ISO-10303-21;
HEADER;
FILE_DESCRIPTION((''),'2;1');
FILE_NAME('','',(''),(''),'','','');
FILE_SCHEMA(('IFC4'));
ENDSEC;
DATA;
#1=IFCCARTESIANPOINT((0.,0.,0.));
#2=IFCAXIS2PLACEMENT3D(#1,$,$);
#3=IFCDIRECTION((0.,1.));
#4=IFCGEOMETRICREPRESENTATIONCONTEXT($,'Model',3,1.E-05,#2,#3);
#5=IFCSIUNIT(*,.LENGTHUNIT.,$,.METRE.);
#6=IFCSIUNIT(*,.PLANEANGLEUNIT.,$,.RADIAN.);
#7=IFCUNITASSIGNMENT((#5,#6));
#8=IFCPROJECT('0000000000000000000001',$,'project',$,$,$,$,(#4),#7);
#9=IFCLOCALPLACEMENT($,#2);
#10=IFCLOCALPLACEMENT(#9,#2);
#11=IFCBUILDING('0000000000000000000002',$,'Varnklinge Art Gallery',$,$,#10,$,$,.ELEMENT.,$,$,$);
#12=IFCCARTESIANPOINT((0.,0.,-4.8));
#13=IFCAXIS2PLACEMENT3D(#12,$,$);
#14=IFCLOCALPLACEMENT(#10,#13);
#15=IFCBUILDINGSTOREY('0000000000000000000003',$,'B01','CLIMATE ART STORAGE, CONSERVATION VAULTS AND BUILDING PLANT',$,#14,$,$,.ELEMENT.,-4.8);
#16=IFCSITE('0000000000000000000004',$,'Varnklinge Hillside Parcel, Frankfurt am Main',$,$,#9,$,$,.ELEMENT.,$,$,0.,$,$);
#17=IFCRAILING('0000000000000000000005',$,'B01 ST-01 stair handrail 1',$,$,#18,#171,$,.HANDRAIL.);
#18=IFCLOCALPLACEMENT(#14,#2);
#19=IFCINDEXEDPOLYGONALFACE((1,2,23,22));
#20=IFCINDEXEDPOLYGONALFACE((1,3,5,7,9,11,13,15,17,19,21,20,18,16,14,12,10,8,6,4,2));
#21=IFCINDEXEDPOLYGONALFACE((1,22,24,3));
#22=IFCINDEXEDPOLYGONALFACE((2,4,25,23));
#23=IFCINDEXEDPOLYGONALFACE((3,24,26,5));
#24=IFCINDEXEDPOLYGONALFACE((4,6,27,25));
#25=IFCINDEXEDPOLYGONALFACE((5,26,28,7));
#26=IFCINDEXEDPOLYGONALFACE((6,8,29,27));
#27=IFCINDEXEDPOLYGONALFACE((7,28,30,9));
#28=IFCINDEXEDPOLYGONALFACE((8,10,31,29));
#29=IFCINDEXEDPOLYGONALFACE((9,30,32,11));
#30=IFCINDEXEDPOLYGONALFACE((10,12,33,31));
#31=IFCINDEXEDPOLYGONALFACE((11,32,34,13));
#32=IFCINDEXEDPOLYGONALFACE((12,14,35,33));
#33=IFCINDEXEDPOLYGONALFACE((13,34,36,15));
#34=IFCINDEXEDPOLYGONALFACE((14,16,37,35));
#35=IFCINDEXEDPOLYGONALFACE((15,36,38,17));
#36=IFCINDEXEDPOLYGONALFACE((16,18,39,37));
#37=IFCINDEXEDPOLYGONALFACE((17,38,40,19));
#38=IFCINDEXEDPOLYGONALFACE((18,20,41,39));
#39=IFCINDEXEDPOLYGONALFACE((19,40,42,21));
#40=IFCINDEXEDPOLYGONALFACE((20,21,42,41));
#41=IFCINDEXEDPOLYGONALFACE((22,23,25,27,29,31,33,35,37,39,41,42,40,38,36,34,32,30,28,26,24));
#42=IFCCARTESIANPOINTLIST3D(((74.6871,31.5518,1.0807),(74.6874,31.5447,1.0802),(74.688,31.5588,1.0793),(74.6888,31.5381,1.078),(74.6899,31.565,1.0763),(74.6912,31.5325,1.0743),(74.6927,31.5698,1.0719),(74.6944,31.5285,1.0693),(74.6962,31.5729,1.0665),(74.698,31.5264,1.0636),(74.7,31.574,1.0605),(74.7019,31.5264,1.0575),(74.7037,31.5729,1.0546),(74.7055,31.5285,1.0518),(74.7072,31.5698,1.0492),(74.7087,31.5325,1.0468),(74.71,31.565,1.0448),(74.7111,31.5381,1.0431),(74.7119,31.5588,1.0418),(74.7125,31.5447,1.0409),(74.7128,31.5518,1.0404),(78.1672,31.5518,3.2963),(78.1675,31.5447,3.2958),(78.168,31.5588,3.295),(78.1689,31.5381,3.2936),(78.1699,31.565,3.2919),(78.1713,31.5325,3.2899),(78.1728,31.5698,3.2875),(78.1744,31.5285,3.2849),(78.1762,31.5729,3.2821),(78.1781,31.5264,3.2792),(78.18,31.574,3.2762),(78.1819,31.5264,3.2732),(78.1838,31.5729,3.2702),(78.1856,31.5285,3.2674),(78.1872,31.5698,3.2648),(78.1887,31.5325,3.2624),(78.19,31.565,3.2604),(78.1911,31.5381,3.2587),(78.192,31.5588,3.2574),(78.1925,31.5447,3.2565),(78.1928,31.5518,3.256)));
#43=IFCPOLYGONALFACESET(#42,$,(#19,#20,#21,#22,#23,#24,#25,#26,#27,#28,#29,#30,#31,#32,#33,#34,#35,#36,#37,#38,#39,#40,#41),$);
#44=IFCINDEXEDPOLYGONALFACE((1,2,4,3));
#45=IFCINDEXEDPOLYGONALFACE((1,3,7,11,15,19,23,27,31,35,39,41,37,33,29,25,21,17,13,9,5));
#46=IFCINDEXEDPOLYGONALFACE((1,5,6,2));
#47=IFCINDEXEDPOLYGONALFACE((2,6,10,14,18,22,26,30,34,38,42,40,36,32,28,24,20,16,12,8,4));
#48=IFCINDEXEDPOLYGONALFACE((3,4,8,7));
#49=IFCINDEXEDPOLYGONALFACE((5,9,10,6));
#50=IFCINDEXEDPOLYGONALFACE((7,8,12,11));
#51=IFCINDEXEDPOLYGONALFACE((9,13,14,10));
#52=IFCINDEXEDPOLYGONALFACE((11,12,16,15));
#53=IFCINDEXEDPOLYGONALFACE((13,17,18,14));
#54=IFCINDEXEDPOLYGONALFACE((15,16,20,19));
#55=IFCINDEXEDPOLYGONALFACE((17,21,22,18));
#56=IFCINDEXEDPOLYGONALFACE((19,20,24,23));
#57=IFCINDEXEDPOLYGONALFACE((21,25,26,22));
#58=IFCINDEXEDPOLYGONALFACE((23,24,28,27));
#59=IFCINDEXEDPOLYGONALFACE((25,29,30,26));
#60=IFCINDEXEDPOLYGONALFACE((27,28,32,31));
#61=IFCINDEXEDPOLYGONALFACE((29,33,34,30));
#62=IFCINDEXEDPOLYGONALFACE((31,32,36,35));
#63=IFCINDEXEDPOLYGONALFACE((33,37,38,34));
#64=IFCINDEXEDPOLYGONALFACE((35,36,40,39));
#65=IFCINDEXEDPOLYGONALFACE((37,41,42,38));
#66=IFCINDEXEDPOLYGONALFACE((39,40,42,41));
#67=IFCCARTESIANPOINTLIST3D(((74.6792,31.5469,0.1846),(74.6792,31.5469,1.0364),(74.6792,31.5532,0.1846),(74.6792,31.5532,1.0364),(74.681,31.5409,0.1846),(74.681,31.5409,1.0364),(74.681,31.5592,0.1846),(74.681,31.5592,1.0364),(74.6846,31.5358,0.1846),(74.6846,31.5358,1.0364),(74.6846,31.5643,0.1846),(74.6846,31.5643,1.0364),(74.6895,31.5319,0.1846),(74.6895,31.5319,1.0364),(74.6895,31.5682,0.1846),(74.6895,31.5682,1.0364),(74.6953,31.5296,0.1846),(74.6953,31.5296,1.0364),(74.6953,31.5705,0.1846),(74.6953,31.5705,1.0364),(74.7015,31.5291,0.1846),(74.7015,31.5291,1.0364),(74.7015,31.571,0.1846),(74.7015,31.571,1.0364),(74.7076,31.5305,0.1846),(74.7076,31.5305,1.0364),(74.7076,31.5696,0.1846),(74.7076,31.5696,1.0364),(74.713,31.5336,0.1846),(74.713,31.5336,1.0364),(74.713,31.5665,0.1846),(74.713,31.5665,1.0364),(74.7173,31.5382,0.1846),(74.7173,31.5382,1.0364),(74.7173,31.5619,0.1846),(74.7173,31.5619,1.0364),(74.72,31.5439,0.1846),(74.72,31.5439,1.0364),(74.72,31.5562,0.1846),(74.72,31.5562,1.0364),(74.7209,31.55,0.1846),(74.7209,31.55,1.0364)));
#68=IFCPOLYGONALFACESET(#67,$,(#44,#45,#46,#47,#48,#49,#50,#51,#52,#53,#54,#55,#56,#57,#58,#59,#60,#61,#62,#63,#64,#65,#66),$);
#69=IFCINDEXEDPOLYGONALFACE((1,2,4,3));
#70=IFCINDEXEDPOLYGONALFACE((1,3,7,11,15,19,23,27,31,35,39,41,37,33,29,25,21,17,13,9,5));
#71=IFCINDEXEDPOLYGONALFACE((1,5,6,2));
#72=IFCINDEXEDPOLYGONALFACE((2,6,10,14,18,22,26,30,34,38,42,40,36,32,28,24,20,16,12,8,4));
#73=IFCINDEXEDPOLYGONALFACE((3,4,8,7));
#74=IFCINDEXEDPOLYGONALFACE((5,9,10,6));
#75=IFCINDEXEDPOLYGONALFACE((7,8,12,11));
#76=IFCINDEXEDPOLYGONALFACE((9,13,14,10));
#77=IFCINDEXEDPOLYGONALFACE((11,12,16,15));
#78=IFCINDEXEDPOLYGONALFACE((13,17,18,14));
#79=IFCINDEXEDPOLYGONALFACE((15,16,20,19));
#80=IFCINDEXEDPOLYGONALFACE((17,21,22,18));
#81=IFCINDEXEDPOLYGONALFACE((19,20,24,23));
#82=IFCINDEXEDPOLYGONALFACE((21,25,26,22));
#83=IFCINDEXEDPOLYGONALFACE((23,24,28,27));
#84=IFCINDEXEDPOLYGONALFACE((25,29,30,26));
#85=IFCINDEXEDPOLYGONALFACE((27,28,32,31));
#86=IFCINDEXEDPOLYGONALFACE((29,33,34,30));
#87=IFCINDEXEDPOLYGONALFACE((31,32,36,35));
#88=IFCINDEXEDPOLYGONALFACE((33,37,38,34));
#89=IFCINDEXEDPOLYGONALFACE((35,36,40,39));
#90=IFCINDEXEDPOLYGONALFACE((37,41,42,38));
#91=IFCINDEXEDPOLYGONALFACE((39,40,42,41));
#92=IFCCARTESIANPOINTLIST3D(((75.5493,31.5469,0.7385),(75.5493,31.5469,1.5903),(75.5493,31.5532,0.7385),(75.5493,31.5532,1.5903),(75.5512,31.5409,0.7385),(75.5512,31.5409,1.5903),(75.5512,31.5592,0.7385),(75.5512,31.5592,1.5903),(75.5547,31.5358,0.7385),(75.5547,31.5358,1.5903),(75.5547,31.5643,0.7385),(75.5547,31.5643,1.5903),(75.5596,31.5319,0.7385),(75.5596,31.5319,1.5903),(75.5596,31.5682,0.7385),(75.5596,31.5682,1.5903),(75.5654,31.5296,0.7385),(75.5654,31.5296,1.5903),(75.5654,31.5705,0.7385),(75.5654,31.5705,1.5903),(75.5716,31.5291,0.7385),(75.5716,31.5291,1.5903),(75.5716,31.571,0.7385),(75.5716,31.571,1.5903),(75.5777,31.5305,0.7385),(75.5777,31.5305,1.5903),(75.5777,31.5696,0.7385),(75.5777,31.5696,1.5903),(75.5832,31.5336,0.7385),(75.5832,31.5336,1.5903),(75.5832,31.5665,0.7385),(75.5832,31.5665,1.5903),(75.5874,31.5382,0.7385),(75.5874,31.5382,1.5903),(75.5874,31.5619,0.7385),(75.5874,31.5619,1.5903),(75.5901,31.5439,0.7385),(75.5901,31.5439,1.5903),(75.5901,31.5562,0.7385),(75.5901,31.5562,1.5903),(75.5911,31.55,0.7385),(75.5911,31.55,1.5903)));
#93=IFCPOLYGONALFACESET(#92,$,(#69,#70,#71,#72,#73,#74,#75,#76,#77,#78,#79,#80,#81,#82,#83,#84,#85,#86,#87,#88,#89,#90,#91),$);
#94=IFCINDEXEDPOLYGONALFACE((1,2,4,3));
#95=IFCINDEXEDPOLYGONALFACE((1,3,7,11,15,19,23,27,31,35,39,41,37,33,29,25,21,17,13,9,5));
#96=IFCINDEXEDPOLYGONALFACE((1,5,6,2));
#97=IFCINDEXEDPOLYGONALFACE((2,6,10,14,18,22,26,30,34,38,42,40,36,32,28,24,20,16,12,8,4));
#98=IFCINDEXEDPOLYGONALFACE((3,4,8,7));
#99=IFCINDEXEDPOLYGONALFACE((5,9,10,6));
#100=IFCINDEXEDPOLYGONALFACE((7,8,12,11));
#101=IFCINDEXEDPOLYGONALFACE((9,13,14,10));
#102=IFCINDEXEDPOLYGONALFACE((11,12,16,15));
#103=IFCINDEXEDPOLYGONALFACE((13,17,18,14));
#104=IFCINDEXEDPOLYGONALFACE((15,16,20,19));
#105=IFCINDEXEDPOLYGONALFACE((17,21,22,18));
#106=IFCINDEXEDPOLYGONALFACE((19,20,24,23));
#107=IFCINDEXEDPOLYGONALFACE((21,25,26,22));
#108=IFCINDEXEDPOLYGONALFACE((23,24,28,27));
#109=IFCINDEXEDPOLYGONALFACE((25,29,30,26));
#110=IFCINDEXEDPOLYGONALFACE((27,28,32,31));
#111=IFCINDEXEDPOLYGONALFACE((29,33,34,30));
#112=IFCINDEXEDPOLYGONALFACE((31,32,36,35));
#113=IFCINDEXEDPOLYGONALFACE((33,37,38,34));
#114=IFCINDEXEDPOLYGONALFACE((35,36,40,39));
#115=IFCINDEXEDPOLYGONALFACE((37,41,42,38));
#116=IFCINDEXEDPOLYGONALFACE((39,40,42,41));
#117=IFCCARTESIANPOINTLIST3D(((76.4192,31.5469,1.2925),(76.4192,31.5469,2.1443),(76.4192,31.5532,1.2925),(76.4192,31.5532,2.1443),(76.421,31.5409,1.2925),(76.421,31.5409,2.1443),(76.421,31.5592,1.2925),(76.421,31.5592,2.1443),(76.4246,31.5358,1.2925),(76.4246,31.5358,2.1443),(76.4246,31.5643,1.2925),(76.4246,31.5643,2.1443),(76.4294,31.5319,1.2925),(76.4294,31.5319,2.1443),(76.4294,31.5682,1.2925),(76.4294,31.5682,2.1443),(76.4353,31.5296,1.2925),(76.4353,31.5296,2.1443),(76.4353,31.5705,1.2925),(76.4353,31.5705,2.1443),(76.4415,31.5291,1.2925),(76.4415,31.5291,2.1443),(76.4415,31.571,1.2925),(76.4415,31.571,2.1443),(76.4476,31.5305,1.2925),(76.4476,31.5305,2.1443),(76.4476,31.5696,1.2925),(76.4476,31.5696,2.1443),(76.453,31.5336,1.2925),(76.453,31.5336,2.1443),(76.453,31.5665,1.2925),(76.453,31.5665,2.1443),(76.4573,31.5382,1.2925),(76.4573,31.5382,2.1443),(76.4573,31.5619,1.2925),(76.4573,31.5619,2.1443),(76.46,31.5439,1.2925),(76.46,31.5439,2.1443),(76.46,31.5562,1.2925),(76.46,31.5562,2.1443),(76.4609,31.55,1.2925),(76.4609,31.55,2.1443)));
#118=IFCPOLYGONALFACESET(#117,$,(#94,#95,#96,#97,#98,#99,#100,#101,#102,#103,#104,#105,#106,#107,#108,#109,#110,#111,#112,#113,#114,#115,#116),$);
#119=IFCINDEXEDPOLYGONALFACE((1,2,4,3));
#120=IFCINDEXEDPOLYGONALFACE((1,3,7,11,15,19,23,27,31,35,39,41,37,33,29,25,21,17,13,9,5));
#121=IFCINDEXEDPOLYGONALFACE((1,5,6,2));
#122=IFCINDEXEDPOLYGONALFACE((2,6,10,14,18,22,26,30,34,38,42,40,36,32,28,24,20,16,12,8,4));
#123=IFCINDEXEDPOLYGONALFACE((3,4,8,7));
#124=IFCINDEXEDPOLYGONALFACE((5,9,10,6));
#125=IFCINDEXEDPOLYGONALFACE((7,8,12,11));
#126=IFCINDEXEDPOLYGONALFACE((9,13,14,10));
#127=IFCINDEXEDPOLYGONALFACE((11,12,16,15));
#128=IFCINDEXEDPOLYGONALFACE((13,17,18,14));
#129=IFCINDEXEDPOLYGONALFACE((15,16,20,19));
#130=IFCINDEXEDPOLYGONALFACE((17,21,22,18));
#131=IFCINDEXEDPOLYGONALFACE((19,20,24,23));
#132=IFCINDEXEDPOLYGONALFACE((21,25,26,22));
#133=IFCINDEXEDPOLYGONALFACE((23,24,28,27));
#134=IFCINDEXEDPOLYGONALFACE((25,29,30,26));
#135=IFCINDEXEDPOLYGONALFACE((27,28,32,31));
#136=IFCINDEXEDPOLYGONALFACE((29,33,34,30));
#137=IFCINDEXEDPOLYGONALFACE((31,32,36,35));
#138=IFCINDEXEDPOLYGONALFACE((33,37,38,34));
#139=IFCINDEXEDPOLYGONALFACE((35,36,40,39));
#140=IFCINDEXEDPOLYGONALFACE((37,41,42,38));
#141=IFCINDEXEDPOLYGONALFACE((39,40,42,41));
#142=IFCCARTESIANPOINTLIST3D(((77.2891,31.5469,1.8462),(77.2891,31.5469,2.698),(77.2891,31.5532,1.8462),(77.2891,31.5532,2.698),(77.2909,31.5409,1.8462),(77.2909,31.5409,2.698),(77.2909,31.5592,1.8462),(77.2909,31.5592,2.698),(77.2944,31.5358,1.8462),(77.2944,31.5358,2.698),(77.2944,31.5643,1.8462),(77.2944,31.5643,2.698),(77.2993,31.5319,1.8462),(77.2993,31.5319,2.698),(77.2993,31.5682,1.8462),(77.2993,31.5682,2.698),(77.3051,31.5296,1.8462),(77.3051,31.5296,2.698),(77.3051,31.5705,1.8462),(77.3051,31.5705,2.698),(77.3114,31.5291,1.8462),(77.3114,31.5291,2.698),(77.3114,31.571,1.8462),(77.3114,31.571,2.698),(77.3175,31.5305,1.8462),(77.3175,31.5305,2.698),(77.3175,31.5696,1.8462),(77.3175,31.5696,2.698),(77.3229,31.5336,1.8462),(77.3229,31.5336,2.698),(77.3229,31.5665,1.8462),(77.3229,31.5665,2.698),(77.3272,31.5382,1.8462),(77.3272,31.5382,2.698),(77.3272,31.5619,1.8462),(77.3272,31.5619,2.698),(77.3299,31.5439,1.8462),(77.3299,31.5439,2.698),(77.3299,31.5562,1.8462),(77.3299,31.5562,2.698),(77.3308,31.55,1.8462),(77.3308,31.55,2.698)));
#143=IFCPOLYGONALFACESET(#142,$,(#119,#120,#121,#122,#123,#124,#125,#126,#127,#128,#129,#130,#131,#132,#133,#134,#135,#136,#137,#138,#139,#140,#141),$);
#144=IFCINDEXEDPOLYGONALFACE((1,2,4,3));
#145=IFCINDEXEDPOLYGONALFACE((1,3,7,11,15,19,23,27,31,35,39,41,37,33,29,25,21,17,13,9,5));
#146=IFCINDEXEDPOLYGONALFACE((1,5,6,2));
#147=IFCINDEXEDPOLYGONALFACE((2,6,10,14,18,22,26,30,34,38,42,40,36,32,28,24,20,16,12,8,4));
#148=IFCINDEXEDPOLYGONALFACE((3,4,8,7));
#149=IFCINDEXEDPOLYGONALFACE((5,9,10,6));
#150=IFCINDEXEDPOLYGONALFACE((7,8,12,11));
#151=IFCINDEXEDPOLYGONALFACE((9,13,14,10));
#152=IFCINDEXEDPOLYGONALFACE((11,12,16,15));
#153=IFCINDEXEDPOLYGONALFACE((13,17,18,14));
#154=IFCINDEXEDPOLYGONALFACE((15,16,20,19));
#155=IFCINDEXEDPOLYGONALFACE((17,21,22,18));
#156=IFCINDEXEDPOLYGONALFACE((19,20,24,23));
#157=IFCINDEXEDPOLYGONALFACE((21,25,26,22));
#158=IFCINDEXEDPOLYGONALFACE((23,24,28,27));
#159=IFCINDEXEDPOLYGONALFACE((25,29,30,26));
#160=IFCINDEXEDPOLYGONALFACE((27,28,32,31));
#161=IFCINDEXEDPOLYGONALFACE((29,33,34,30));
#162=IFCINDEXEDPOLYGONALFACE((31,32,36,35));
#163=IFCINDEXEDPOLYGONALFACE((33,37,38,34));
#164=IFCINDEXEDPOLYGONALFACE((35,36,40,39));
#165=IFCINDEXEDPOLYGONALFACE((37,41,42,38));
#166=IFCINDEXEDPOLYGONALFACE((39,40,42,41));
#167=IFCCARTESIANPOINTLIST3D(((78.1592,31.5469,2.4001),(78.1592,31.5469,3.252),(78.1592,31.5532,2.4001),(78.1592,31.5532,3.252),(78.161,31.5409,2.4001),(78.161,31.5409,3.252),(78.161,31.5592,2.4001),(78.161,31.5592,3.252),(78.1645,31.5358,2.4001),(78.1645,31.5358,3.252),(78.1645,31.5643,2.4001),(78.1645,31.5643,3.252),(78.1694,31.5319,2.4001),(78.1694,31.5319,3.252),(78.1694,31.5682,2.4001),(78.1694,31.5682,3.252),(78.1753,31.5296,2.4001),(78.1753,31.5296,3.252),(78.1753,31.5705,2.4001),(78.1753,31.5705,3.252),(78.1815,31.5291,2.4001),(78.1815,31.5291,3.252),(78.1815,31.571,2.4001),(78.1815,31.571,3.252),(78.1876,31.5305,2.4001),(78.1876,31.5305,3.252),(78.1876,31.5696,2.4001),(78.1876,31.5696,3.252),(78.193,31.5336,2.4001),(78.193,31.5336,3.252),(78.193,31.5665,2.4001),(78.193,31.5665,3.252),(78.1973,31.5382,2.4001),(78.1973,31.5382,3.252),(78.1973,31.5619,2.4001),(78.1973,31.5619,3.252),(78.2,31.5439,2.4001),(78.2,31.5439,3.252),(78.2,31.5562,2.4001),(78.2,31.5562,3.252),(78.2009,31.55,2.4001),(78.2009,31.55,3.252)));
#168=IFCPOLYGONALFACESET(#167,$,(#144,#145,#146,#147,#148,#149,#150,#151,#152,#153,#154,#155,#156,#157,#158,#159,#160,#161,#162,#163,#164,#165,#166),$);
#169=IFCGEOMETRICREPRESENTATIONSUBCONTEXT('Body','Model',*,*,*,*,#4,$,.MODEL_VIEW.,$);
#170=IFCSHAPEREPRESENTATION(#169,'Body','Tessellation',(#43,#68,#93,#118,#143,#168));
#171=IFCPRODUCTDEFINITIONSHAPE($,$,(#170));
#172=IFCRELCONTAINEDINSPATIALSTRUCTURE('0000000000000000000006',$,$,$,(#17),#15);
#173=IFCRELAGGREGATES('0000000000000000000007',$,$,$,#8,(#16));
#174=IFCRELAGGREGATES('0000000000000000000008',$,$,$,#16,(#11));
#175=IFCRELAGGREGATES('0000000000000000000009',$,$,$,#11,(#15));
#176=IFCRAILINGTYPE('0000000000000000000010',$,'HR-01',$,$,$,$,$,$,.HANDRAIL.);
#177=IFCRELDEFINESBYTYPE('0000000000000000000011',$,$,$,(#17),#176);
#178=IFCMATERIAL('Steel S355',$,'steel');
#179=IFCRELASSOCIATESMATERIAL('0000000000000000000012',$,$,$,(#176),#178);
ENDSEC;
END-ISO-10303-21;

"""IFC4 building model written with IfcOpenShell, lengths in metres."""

from ifc_helpers import new_model, si_unit, direction, frame, origin, origin_2d, place, context, subcontext, project, spatial, circle, extrude, material, type_object, element, save


model = new_model("IFC4")

# Units and contexts
model_context = context("Model", 3, precision=1e-05, world=origin(), true_north=direction((0.0, 1.0)))
body_context = subcontext(model_context, "Body", "Model", "MODEL_VIEW")
ifc_project = project(units=[si_unit("LENGTHUNIT", "METRE"), si_unit("PLANEANGLEUNIT", "RADIAN")], contexts=[model_context])

# Site, building, storey
site_placement = place(None, origin())
site = spatial("IfcSite", under=ifc_project, at=site_placement, Name="Varnklinge Hillside Parcel, Frankfurt am Main", CompositionType="ELEMENT", RefElevation=0.0)
building_placement = place(site_placement, origin())
building = spatial("IfcBuilding", under=site, at=building_placement, Name="Varnklinge Art Gallery", CompositionType="ELEMENT")
storey_placement = place(building_placement, frame((0.0, 0.0, -4.8)))
storey = spatial("IfcBuildingStorey", under=building, at=storey_placement, Name="B01", Description="CLIMATE ART STORAGE, CONSERVATION VAULTS AND BUILDING PLANT", CompositionType="ELEMENT", Elevation=-4.8)

# Railing
ifc_material_1 = material(Name="Steel S355", Category="steel")
railing_type_1 = type_object("IfcRailingType", Name="HR-01", PredefinedType="HANDRAIL", material=ifc_material_1)
railing_1_placement = place(storey_placement, frame((74.7, 31.55, 0.1846)))
element("IfcRailing", 1, at=railing_1_placement, inside=storey, type_object=railing_type_1, Name="B01 ST-01 stair handrail 1", PredefinedType="HANDRAIL", context=body_context, shape_type="SweptSolid", body=[
    extrude(circle(Radius=0.0239, at=origin_2d()), frame((0.0, 0.0, 0.876), z_axis=(0.843547, 0.0, 0.537055), x_axis=(0.0, 1.0, 0.0)), (0.0, 0.0, 1.0), 4.1255),
    extrude(circle(Radius=0.021, at=origin_2d()), origin(), (0.0, 0.0, 1.0), 0.8518),
    extrude(circle(Radius=0.021, at=origin_2d()), frame((0.8701, 0.0, 0.554)), (0.0, 0.0, 1.0), 0.8518),
    extrude(circle(Radius=0.021, at=origin_2d()), frame((1.74, 0.0, 1.1079)), (0.0, 0.0, 1.0), 0.8518),
    extrude(circle(Radius=0.021, at=origin_2d()), frame((2.6099, 0.0, 1.6616)), (0.0, 0.0, 1.0), 0.8518),
    extrude(circle(Radius=0.021, at=origin_2d()), frame((3.48, 0.0, 2.2156)), (0.0, 0.0, 1.0), 0.8518),
])

save(model, "model.ifc")
